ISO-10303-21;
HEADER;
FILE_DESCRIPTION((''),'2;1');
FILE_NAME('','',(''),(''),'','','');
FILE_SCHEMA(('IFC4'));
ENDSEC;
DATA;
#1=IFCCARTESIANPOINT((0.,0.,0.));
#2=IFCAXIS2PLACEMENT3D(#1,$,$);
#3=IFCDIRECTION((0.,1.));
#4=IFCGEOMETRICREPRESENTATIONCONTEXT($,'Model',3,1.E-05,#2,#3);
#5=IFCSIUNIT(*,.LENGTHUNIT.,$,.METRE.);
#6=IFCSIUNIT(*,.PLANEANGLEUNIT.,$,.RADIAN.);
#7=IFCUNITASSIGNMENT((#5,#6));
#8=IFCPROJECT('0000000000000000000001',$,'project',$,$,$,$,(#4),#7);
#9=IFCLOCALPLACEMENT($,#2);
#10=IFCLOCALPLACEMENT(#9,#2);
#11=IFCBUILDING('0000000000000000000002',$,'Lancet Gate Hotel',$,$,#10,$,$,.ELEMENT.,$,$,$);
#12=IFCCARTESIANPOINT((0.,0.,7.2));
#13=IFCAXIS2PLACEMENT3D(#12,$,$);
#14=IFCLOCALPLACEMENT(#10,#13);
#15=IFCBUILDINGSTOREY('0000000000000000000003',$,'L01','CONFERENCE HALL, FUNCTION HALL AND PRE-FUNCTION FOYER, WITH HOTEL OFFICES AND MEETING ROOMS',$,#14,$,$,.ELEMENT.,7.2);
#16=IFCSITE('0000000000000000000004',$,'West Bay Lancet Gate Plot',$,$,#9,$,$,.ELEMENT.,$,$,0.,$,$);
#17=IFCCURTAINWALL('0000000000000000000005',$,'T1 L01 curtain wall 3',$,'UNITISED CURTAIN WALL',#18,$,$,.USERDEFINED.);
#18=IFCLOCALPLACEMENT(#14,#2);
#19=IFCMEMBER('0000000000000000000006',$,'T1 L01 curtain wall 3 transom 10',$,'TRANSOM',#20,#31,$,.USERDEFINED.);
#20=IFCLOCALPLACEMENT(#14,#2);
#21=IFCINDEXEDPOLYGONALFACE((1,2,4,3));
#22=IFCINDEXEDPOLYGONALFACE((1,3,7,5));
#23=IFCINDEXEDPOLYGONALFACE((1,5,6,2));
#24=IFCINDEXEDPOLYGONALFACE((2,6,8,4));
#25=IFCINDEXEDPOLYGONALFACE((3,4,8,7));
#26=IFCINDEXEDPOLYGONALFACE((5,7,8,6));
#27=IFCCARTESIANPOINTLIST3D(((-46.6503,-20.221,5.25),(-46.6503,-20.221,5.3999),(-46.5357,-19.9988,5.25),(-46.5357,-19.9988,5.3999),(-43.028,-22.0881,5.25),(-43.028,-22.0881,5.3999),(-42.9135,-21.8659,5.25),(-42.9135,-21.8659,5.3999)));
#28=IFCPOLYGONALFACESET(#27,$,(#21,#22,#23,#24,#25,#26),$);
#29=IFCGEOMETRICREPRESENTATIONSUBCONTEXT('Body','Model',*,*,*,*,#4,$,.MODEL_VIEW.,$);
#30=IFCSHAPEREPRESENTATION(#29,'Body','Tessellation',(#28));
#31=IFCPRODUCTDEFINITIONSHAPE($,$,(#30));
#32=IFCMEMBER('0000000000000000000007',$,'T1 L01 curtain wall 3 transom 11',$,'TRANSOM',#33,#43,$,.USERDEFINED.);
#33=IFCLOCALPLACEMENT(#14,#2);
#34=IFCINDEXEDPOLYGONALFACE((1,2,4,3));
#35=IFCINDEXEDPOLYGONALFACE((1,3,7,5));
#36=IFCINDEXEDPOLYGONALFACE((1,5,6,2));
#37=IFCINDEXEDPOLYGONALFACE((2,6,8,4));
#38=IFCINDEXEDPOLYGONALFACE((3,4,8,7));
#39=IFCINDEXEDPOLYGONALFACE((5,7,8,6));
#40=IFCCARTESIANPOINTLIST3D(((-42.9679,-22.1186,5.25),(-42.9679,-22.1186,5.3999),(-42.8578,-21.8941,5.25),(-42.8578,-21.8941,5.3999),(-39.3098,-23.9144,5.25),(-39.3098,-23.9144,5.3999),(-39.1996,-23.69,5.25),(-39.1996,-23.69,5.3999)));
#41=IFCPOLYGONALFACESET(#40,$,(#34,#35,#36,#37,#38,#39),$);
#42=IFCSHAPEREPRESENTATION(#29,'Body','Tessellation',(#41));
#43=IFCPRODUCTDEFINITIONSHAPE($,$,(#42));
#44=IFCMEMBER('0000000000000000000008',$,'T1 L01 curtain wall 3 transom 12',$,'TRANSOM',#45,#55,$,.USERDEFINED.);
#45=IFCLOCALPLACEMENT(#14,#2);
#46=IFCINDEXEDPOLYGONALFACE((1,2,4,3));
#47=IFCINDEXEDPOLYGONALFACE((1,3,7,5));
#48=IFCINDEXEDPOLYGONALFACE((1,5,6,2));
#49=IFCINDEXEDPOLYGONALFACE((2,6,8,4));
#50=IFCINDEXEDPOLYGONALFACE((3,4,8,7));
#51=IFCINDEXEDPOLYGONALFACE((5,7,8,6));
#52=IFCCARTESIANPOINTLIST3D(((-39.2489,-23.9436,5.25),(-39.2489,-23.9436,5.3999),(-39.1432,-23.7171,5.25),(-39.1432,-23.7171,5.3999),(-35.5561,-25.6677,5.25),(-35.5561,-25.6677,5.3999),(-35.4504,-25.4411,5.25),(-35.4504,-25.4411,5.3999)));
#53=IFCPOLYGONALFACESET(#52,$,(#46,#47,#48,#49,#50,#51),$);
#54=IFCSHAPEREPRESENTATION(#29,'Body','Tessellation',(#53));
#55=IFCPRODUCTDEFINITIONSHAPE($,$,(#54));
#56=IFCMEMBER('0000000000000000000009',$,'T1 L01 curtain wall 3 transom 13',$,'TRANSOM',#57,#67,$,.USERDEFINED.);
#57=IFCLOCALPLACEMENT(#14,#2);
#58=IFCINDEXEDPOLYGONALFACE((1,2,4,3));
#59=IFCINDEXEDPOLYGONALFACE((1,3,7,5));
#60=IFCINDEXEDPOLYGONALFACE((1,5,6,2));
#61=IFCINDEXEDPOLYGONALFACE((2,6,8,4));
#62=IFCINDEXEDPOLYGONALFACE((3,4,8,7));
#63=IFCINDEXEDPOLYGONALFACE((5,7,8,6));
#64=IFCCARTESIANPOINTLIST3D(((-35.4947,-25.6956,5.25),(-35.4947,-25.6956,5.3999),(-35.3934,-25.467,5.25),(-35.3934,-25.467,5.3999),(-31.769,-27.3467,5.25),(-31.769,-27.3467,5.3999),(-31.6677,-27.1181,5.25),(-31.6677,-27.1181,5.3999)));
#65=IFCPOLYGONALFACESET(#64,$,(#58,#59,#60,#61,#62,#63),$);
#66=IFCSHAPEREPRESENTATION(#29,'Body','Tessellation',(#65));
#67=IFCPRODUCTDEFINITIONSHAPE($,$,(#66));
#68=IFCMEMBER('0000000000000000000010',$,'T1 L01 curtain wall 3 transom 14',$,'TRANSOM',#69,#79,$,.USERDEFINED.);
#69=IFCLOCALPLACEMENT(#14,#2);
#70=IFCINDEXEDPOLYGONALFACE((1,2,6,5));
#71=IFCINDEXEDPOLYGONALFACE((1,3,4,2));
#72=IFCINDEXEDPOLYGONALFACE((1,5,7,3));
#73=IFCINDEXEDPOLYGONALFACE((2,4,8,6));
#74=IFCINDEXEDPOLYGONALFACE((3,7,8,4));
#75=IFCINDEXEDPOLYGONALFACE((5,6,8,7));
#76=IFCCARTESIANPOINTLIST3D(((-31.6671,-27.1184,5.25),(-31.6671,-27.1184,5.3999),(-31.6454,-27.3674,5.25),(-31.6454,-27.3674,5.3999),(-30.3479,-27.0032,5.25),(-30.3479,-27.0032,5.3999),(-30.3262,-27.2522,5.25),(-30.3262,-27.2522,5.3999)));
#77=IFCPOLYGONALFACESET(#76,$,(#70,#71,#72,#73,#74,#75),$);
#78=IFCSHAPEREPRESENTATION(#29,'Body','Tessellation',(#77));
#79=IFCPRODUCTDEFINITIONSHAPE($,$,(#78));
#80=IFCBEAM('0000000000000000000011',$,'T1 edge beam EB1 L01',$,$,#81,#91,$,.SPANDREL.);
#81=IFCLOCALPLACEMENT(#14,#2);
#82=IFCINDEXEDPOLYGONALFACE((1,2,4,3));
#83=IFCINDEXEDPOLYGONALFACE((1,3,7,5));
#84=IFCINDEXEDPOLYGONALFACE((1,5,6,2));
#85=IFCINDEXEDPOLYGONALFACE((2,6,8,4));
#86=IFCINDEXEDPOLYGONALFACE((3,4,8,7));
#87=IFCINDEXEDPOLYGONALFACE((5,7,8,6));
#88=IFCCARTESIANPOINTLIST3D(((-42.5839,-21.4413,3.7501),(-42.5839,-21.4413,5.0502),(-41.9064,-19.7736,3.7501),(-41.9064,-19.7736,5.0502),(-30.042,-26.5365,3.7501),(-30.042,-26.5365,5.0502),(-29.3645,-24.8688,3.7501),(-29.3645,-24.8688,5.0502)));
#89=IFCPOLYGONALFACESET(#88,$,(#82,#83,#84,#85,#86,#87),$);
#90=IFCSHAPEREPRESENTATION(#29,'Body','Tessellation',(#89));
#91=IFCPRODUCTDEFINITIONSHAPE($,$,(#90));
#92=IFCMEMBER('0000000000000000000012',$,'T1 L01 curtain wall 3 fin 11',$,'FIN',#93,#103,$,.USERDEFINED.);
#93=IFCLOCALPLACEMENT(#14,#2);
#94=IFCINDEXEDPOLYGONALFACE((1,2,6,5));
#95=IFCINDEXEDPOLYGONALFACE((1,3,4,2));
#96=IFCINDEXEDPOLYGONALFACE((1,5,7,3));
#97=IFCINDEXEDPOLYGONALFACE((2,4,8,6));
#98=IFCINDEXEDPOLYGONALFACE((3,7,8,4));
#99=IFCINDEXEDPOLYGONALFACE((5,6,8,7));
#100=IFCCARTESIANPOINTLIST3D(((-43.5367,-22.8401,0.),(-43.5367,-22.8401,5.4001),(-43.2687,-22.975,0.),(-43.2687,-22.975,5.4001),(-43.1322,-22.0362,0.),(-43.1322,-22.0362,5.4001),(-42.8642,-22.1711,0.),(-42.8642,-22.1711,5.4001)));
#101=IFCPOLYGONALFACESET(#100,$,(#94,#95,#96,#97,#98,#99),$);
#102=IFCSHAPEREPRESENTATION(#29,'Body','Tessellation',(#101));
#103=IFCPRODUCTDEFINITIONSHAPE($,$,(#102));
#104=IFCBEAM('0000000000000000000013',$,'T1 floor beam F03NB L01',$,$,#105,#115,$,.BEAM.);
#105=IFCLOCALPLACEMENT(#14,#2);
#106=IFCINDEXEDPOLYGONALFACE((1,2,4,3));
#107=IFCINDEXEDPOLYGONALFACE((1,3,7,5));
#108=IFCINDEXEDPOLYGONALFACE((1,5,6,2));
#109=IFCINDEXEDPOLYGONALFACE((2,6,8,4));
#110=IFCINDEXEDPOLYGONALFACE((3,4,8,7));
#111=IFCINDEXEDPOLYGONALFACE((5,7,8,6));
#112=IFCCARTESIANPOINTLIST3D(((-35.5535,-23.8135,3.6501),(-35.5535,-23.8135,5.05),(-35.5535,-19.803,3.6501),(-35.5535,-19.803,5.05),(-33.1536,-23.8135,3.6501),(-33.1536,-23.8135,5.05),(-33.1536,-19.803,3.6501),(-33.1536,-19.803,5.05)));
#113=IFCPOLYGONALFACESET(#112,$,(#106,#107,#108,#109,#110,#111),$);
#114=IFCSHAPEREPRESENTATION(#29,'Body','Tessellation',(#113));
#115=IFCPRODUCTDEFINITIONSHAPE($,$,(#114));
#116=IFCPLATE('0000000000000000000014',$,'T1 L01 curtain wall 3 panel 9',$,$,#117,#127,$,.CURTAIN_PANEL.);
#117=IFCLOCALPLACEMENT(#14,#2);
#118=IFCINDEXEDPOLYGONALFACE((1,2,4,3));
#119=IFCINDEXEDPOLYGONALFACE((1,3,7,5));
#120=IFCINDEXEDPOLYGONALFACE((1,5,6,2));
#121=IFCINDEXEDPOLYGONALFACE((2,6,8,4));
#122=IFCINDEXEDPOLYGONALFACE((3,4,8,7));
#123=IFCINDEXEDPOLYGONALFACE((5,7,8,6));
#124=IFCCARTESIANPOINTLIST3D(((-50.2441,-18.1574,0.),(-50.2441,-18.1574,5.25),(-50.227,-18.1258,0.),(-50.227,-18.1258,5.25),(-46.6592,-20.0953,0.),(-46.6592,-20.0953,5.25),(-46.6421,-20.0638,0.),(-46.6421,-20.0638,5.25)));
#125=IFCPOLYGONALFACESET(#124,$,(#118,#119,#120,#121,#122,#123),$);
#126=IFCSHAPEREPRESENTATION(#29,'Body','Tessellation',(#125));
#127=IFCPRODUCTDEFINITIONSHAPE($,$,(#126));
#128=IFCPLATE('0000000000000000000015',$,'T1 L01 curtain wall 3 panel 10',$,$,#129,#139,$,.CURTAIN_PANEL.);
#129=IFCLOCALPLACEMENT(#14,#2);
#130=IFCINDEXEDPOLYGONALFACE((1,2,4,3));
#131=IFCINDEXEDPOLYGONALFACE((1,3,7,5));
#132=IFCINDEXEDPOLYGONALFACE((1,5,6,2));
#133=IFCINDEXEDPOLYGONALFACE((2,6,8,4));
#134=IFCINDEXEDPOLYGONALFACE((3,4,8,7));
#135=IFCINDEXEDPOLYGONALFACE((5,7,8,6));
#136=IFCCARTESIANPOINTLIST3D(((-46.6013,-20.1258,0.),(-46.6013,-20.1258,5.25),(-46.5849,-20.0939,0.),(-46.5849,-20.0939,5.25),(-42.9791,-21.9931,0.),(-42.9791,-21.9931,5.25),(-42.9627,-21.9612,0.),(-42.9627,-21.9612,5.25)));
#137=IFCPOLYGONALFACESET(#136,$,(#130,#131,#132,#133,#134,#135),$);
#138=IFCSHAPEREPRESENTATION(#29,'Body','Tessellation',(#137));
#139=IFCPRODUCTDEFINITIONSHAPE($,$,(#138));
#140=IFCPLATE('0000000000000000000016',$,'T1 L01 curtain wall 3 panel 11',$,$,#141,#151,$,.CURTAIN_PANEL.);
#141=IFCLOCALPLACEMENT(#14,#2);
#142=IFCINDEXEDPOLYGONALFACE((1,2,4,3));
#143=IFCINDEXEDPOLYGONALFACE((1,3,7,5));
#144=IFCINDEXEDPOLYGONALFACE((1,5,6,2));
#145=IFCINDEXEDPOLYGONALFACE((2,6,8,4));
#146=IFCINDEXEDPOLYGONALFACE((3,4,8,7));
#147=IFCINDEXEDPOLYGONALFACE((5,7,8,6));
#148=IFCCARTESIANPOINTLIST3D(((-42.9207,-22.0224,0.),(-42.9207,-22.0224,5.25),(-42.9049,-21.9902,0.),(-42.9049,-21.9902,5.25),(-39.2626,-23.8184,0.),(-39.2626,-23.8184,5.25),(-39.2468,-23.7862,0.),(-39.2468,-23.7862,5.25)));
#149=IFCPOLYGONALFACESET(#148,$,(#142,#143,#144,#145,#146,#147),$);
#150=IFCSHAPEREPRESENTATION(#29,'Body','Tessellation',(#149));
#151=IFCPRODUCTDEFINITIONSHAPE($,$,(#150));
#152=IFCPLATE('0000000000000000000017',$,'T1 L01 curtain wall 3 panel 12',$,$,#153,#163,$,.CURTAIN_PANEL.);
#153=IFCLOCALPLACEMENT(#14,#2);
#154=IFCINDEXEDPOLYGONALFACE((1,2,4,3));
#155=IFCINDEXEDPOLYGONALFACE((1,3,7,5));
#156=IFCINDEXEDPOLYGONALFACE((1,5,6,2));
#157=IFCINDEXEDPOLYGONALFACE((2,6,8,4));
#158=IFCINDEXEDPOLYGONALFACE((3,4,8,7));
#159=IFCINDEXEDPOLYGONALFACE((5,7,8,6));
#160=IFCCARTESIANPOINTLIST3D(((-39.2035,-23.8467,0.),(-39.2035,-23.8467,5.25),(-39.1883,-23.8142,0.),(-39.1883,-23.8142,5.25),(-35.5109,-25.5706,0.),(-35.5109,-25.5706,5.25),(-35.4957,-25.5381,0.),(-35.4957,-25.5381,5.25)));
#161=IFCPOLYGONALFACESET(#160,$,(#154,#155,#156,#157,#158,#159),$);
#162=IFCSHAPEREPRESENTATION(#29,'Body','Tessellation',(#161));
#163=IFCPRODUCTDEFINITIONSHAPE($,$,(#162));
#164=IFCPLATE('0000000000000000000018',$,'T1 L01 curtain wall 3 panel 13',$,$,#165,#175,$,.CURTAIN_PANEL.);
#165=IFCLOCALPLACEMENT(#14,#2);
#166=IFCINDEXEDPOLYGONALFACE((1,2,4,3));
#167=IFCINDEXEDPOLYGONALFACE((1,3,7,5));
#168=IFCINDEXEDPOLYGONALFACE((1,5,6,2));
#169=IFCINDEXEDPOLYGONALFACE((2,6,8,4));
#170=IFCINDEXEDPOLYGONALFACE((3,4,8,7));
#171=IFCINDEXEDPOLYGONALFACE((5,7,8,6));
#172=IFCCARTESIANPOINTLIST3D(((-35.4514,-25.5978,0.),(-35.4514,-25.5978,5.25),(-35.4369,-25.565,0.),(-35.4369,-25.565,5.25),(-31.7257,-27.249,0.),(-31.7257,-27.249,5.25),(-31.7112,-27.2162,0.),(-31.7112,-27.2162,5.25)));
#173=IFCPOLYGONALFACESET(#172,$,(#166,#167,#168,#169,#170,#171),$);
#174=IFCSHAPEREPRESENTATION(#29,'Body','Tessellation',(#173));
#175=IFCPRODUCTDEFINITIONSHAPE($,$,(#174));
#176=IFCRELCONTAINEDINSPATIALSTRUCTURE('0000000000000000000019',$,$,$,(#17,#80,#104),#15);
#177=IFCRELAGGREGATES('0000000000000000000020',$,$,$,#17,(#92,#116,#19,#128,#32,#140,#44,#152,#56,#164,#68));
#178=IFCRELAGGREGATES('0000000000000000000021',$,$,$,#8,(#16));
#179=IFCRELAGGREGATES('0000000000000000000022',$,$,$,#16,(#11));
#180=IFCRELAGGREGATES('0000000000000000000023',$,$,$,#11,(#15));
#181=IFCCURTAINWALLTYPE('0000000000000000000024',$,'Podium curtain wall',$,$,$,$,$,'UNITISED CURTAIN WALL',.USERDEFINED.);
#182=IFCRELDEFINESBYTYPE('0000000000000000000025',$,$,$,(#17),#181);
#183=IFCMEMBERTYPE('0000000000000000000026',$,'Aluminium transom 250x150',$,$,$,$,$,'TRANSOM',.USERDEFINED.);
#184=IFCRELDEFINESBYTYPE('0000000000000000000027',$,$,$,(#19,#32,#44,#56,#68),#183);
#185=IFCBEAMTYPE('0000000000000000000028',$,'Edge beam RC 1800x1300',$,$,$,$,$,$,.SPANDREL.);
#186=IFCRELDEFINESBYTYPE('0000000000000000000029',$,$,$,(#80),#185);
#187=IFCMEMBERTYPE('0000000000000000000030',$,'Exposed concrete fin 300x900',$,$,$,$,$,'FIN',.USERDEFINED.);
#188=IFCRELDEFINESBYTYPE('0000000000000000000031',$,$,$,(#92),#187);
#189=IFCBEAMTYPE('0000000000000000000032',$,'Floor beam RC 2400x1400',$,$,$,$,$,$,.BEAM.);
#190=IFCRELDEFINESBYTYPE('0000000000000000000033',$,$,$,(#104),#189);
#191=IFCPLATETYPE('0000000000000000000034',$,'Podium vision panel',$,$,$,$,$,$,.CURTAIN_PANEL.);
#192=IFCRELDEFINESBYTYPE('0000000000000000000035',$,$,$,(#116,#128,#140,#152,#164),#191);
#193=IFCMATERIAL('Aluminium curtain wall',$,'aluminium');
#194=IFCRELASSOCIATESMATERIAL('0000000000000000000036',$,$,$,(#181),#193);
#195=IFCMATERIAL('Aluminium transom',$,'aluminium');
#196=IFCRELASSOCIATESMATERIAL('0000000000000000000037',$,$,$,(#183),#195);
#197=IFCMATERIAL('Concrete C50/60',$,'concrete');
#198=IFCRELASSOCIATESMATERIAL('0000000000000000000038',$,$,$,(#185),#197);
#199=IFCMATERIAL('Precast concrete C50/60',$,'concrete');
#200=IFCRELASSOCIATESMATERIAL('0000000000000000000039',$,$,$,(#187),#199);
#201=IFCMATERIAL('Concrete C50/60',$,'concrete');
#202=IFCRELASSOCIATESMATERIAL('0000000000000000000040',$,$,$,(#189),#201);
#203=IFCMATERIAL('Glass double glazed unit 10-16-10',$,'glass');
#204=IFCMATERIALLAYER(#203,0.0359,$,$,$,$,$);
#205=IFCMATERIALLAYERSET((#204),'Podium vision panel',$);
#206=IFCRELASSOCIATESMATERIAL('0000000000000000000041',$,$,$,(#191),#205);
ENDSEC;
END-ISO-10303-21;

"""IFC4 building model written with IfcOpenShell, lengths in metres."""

from ifc_helpers import new_model, si_unit, direction, frame, origin, origin_2d, place, context, subcontext, project, spatial, rectangle, extrude, material, layer, layer_set, material_profile, profile_set, type_object, element, aggregate, save


model = new_model("IFC4")

# Units and contexts
model_context = context("Model", 3, precision=1e-05, world=origin(), true_north=direction((0.0, 1.0)))
body_context = subcontext(model_context, "Body", "Model", "MODEL_VIEW")
ifc_project = project(units=[si_unit("LENGTHUNIT", "METRE"), si_unit("PLANEANGLEUNIT", "RADIAN")], contexts=[model_context])

# Site, building, storey
site_placement = place(None, origin())
site = spatial("IfcSite", under=ifc_project, at=site_placement, Name="West Bay Lancet Gate Plot", CompositionType="ELEMENT", RefElevation=0.0)
building_placement = place(site_placement, origin())
building = spatial("IfcBuilding", under=site, at=building_placement, Name="Lancet Gate Hotel", CompositionType="ELEMENT")
storey_placement = place(building_placement, frame((0.0, 0.0, 7.2)))
storey = spatial("IfcBuildingStorey", under=building, at=storey_placement, Name="L01", Description="CONFERENCE HALL, FUNCTION HALL AND PRE-FUNCTION FOYER, WITH HOTEL OFFICES AND MEETING ROOMS", CompositionType="ELEMENT", Elevation=7.2)

# Curtain wall, members
ifc_material_1 = material(Name="Aluminium curtain wall", Category="aluminium")
curtain_wall_type = type_object("IfcCurtainWallType", Name="Podium curtain wall", ElementType="UNITISED CURTAIN WALL", PredefinedType="USERDEFINED", material=ifc_material_1)
curtain_wall_placement = place(storey_placement, origin())
curtain_wall = element("IfcCurtainWall", 1, at=curtain_wall_placement, inside=storey, type_object=curtain_wall_type, Name="T1 L01 curtain wall 3", ObjectType="UNITISED CURTAIN WALL", PredefinedType="USERDEFINED")
ifc_material_2 = material(Name="Aluminium transom", Category="aluminium")
ifc_material_profile_1 = material_profile(ifc_material_2, rectangle(XDim=0.25, YDim=0.1499, at=origin_2d()), Name="TRANSOM 250x150")
ifc_profile_set_1 = profile_set([ifc_material_profile_1], Name="Aluminium transom")
member_type_1 = type_object("IfcMemberType", Name="Aluminium transom 250x150", ElementType="TRANSOM", PredefinedType="USERDEFINED", material=ifc_profile_set_1)
member_1_placement = place(storey_placement, frame((-46.593, -20.1099, 5.325), z_axis=(0.88886, -0.458179, 0.0), x_axis=(0.458179, 0.88886, 0.0)))
member_1 = element("IfcMember", 2, at=member_1_placement, type_object=member_type_1, Name="T1 L01 curtain wall 3 transom 10", ObjectType="TRANSOM", PredefinedType="USERDEFINED", context=body_context, shape_type="SweptSolid", body=[
    extrude(rectangle(XDim=0.25, YDim=0.1499, at=origin_2d()), origin(), (0.0, 0.0, 1.0), 4.0752),
])
member_2_placement = place(storey_placement, frame((-42.9128, -22.0063, 5.325), z_axis=(0.897662, -0.440684, 0.0), x_axis=(0.440684, 0.897662, 0.0)))
member_2 = element("IfcMember", 3, at=member_2_placement, type_object=member_type_1, Name="T1 L01 curtain wall 3 transom 11", ObjectType="TRANSOM", PredefinedType="USERDEFINED", context=body_context, shape_type="SweptSolid", body=[
    extrude(rectangle(XDim=0.25, YDim=0.1499, at=origin_2d()), origin(), (0.0, 0.0, 1.0), 4.0752),
])
member_3_placement = place(storey_placement, frame((-39.196, -23.8303, 5.325), z_axis=(0.90611, -0.423043, 0.0), x_axis=(0.423043, 0.90611, 0.0)))
member_3 = element("IfcMember", 4, at=member_3_placement, type_object=member_type_1, Name="T1 L01 curtain wall 3 transom 12", ObjectType="TRANSOM", PredefinedType="USERDEFINED", context=body_context, shape_type="SweptSolid", body=[
    extrude(rectangle(XDim=0.25, YDim=0.1499, at=origin_2d()), origin(), (0.0, 0.0, 1.0), 4.0754),
])
member_4_placement = place(storey_placement, frame((-35.4441, -25.5813, 5.325), z_axis=(0.914248, -0.405154, 0.0), x_axis=(0.405154, 0.914248, 0.0)))
member_4 = element("IfcMember", 5, at=member_4_placement, type_object=member_type_1, Name="T1 L01 curtain wall 3 transom 13", ObjectType="TRANSOM", PredefinedType="USERDEFINED", context=body_context, shape_type="SweptSolid", body=[
    extrude(rectangle(XDim=0.25, YDim=0.1499, at=origin_2d()), origin(), (0.0, 0.0, 1.0), 4.0752),
])
member_5_placement = place(storey_placement, frame((-31.6562, -27.2429, 5.325), z_axis=(0.996206, 0.087027, 0.0), x_axis=(-0.087027, 0.996206, 0.0)))
member_5 = element("IfcMember", 6, at=member_5_placement, type_object=member_type_1, Name="T1 L01 curtain wall 3 transom 14", ObjectType="TRANSOM", PredefinedType="USERDEFINED", context=body_context, shape_type="SweptSolid", body=[
    extrude(rectangle(XDim=0.25, YDim=0.1499, at=origin_2d()), origin(), (0.0, 0.0, 1.0), 1.3242),
])

# Beam
ifc_material_3 = material(Name="Concrete C50/60", Category="concrete")
ifc_material_profile_2 = material_profile(ifc_material_3, rectangle(XDim=1.8, YDim=1.3, at=origin_2d()), Name="RC 1800x1300")
ifc_profile_set_2 = profile_set([ifc_material_profile_2], Name="Concrete C50/60")
beam_type_1 = type_object("IfcBeamType", Name="Edge beam RC 1800x1300", PredefinedType="SPANDREL", material=ifc_profile_set_2)
beam_1_placement = place(storey_placement, frame((-42.2451, -20.6074, 4.4001), z_axis=(0.926463, -0.376385, 0.0), x_axis=(0.376385, 0.926463, 0.0)))
element("IfcBeam", 7, at=beam_1_placement, inside=storey, type_object=beam_type_1, Name="T1 edge beam EB1 L01", PredefinedType="SPANDREL", context=body_context, shape_type="SweptSolid", body=[
    extrude(rectangle(XDim=1.8, YDim=1.3, at=origin_2d()), origin(), (0.0, 0.0, 1.0), 13.5374),
])

# Member
ifc_material_4 = material(Name="Precast concrete C50/60", Category="concrete")
ifc_material_profile_3 = material_profile(ifc_material_4, rectangle(XDim=0.3, YDim=0.8999, at=origin_2d()), Name="FIN 300x900")
ifc_profile_set_3 = profile_set([ifc_material_profile_3], Name="Precast concrete C50/60")
member_type_2 = type_object("IfcMemberType", Name="Exposed concrete fin 300x900", ElementType="FIN", PredefinedType="USERDEFINED", material=ifc_profile_set_3)
member_6_placement = place(storey_placement, frame((-43.2004, -22.5056, 0.0), z_axis=(0.0, 0.0, 1.0), x_axis=(0.893292, -0.449478, 0.0)))
member_6 = element("IfcMember", 8, at=member_6_placement, type_object=member_type_2, Name="T1 L01 curtain wall 3 fin 11", ObjectType="FIN", PredefinedType="USERDEFINED", context=body_context, shape_type="SweptSolid", body=[
    extrude(rectangle(XDim=0.3, YDim=0.8999, at=origin_2d()), origin(), (0.0, 0.0, 1.0), 5.4001),
])

# Beam
ifc_material_5 = material(Name="Concrete C50/60", Category="concrete")
ifc_material_profile_4 = material_profile(ifc_material_5, rectangle(XDim=2.3999, YDim=1.3999, at=origin_2d()), Name="RC 2400x1400")
ifc_profile_set_4 = profile_set([ifc_material_profile_4], Name="Concrete C50/60")
beam_type_2 = type_object("IfcBeamType", Name="Floor beam RC 2400x1400", PredefinedType="BEAM", material=ifc_profile_set_4)
beam_2_placement = place(storey_placement, frame((-34.3535, -19.803, 4.3501), z_axis=(0.0, -1.0, 0.0), x_axis=(1.0, 0.0, 0.0)))
element("IfcBeam", 9, at=beam_2_placement, inside=storey, type_object=beam_type_2, Name="T1 floor beam F03NB L01", PredefinedType="BEAM", context=body_context, shape_type="SweptSolid", body=[
    extrude(rectangle(XDim=2.3999, YDim=1.3999, at=origin_2d()), origin(), (0.0, 0.0, 1.0), 4.0105),
])

# Plates
ifc_material_6 = material(Name="Glass double glazed unit 10-16-10", Category="glass")
ifc_layer_1 = layer(ifc_material_6, 0.0359)
ifc_layer_set_1 = layer_set([ifc_layer_1], Name="Podium vision panel")
plate_type = type_object("IfcPlateType", Name="Podium vision panel", PredefinedType="CURTAIN_PANEL", material=ifc_layer_set_1)
plate_1_placement = place(storey_placement, frame((-48.4431, -19.1106, 0.0), z_axis=(0.0, 0.0, 1.0), x_axis=(0.879693, -0.475541, 0.0)))
plate_1 = element("IfcPlate", 10, at=plate_1_placement, type_object=plate_type, Name="T1 L01 curtain wall 3 panel 9", PredefinedType="CURTAIN_PANEL", context=body_context, shape_type="SweptSolid", body=[
    extrude(rectangle(XDim=4.0752, YDim=0.0359, at=origin_2d()), origin(), (0.0, 0.0, 1.0), 5.25),
])
plate_2_placement = place(storey_placement, frame((-44.782, -21.0435, 0.0), z_axis=(0.0, 0.0, 1.0), x_axis=(0.888844, -0.45821, 0.0)))
plate_2 = element("IfcPlate", 11, at=plate_2_placement, type_object=plate_type, Name="T1 L01 curtain wall 3 panel 10", PredefinedType="CURTAIN_PANEL", context=body_context, shape_type="SweptSolid", body=[
    extrude(rectangle(XDim=4.0752, YDim=0.0359, at=origin_2d()), origin(), (0.0, 0.0, 1.0), 5.25),
])
plate_3_placement = place(storey_placement, frame((-41.0837, -22.9043, 0.0), z_axis=(0.0, 0.0, 1.0), x_axis=(0.897653, -0.440702, 0.0)))
plate_3 = element("IfcPlate", 12, at=plate_3_placement, type_object=plate_type, Name="T1 L01 curtain wall 3 panel 11", PredefinedType="CURTAIN_PANEL", context=body_context, shape_type="SweptSolid", body=[
    extrude(rectangle(XDim=4.0752, YDim=0.0359, at=origin_2d()), origin(), (0.0, 0.0, 1.0), 5.25),
])
plate_4_placement = place(storey_placement, frame((-37.3496, -24.6924, 0.0), z_axis=(0.0, 0.0, 1.0), x_axis=(0.906118, -0.423026, 0.0)))
plate_4 = element("IfcPlate", 13, at=plate_4_placement, type_object=plate_type, Name="T1 L01 curtain wall 3 panel 12", PredefinedType="CURTAIN_PANEL", context=body_context, shape_type="SweptSolid", body=[
    extrude(rectangle(XDim=4.0752, YDim=0.0359, at=origin_2d()), origin(), (0.0, 0.0, 1.0), 5.25),
])
plate_5_placement = place(storey_placement, frame((-33.5813, -26.407, 0.0), z_axis=(0.0, 0.0, 1.0), x_axis=(0.914234, -0.405186, 0.0)))
plate_5 = element("IfcPlate", 14, at=plate_5_placement, type_object=plate_type, Name="T1 L01 curtain wall 3 panel 13", PredefinedType="CURTAIN_PANEL", context=body_context, shape_type="SweptSolid", body=[
    extrude(rectangle(XDim=4.0752, YDim=0.0359, at=origin_2d()), origin(), (0.0, 0.0, 1.0), 5.25),
])
aggregate(curtain_wall, [member_6, plate_1, member_1, plate_2, member_2, plate_3, member_3, plate_4, member_4, plate_5, member_5])

save(model, "model.ifc")
